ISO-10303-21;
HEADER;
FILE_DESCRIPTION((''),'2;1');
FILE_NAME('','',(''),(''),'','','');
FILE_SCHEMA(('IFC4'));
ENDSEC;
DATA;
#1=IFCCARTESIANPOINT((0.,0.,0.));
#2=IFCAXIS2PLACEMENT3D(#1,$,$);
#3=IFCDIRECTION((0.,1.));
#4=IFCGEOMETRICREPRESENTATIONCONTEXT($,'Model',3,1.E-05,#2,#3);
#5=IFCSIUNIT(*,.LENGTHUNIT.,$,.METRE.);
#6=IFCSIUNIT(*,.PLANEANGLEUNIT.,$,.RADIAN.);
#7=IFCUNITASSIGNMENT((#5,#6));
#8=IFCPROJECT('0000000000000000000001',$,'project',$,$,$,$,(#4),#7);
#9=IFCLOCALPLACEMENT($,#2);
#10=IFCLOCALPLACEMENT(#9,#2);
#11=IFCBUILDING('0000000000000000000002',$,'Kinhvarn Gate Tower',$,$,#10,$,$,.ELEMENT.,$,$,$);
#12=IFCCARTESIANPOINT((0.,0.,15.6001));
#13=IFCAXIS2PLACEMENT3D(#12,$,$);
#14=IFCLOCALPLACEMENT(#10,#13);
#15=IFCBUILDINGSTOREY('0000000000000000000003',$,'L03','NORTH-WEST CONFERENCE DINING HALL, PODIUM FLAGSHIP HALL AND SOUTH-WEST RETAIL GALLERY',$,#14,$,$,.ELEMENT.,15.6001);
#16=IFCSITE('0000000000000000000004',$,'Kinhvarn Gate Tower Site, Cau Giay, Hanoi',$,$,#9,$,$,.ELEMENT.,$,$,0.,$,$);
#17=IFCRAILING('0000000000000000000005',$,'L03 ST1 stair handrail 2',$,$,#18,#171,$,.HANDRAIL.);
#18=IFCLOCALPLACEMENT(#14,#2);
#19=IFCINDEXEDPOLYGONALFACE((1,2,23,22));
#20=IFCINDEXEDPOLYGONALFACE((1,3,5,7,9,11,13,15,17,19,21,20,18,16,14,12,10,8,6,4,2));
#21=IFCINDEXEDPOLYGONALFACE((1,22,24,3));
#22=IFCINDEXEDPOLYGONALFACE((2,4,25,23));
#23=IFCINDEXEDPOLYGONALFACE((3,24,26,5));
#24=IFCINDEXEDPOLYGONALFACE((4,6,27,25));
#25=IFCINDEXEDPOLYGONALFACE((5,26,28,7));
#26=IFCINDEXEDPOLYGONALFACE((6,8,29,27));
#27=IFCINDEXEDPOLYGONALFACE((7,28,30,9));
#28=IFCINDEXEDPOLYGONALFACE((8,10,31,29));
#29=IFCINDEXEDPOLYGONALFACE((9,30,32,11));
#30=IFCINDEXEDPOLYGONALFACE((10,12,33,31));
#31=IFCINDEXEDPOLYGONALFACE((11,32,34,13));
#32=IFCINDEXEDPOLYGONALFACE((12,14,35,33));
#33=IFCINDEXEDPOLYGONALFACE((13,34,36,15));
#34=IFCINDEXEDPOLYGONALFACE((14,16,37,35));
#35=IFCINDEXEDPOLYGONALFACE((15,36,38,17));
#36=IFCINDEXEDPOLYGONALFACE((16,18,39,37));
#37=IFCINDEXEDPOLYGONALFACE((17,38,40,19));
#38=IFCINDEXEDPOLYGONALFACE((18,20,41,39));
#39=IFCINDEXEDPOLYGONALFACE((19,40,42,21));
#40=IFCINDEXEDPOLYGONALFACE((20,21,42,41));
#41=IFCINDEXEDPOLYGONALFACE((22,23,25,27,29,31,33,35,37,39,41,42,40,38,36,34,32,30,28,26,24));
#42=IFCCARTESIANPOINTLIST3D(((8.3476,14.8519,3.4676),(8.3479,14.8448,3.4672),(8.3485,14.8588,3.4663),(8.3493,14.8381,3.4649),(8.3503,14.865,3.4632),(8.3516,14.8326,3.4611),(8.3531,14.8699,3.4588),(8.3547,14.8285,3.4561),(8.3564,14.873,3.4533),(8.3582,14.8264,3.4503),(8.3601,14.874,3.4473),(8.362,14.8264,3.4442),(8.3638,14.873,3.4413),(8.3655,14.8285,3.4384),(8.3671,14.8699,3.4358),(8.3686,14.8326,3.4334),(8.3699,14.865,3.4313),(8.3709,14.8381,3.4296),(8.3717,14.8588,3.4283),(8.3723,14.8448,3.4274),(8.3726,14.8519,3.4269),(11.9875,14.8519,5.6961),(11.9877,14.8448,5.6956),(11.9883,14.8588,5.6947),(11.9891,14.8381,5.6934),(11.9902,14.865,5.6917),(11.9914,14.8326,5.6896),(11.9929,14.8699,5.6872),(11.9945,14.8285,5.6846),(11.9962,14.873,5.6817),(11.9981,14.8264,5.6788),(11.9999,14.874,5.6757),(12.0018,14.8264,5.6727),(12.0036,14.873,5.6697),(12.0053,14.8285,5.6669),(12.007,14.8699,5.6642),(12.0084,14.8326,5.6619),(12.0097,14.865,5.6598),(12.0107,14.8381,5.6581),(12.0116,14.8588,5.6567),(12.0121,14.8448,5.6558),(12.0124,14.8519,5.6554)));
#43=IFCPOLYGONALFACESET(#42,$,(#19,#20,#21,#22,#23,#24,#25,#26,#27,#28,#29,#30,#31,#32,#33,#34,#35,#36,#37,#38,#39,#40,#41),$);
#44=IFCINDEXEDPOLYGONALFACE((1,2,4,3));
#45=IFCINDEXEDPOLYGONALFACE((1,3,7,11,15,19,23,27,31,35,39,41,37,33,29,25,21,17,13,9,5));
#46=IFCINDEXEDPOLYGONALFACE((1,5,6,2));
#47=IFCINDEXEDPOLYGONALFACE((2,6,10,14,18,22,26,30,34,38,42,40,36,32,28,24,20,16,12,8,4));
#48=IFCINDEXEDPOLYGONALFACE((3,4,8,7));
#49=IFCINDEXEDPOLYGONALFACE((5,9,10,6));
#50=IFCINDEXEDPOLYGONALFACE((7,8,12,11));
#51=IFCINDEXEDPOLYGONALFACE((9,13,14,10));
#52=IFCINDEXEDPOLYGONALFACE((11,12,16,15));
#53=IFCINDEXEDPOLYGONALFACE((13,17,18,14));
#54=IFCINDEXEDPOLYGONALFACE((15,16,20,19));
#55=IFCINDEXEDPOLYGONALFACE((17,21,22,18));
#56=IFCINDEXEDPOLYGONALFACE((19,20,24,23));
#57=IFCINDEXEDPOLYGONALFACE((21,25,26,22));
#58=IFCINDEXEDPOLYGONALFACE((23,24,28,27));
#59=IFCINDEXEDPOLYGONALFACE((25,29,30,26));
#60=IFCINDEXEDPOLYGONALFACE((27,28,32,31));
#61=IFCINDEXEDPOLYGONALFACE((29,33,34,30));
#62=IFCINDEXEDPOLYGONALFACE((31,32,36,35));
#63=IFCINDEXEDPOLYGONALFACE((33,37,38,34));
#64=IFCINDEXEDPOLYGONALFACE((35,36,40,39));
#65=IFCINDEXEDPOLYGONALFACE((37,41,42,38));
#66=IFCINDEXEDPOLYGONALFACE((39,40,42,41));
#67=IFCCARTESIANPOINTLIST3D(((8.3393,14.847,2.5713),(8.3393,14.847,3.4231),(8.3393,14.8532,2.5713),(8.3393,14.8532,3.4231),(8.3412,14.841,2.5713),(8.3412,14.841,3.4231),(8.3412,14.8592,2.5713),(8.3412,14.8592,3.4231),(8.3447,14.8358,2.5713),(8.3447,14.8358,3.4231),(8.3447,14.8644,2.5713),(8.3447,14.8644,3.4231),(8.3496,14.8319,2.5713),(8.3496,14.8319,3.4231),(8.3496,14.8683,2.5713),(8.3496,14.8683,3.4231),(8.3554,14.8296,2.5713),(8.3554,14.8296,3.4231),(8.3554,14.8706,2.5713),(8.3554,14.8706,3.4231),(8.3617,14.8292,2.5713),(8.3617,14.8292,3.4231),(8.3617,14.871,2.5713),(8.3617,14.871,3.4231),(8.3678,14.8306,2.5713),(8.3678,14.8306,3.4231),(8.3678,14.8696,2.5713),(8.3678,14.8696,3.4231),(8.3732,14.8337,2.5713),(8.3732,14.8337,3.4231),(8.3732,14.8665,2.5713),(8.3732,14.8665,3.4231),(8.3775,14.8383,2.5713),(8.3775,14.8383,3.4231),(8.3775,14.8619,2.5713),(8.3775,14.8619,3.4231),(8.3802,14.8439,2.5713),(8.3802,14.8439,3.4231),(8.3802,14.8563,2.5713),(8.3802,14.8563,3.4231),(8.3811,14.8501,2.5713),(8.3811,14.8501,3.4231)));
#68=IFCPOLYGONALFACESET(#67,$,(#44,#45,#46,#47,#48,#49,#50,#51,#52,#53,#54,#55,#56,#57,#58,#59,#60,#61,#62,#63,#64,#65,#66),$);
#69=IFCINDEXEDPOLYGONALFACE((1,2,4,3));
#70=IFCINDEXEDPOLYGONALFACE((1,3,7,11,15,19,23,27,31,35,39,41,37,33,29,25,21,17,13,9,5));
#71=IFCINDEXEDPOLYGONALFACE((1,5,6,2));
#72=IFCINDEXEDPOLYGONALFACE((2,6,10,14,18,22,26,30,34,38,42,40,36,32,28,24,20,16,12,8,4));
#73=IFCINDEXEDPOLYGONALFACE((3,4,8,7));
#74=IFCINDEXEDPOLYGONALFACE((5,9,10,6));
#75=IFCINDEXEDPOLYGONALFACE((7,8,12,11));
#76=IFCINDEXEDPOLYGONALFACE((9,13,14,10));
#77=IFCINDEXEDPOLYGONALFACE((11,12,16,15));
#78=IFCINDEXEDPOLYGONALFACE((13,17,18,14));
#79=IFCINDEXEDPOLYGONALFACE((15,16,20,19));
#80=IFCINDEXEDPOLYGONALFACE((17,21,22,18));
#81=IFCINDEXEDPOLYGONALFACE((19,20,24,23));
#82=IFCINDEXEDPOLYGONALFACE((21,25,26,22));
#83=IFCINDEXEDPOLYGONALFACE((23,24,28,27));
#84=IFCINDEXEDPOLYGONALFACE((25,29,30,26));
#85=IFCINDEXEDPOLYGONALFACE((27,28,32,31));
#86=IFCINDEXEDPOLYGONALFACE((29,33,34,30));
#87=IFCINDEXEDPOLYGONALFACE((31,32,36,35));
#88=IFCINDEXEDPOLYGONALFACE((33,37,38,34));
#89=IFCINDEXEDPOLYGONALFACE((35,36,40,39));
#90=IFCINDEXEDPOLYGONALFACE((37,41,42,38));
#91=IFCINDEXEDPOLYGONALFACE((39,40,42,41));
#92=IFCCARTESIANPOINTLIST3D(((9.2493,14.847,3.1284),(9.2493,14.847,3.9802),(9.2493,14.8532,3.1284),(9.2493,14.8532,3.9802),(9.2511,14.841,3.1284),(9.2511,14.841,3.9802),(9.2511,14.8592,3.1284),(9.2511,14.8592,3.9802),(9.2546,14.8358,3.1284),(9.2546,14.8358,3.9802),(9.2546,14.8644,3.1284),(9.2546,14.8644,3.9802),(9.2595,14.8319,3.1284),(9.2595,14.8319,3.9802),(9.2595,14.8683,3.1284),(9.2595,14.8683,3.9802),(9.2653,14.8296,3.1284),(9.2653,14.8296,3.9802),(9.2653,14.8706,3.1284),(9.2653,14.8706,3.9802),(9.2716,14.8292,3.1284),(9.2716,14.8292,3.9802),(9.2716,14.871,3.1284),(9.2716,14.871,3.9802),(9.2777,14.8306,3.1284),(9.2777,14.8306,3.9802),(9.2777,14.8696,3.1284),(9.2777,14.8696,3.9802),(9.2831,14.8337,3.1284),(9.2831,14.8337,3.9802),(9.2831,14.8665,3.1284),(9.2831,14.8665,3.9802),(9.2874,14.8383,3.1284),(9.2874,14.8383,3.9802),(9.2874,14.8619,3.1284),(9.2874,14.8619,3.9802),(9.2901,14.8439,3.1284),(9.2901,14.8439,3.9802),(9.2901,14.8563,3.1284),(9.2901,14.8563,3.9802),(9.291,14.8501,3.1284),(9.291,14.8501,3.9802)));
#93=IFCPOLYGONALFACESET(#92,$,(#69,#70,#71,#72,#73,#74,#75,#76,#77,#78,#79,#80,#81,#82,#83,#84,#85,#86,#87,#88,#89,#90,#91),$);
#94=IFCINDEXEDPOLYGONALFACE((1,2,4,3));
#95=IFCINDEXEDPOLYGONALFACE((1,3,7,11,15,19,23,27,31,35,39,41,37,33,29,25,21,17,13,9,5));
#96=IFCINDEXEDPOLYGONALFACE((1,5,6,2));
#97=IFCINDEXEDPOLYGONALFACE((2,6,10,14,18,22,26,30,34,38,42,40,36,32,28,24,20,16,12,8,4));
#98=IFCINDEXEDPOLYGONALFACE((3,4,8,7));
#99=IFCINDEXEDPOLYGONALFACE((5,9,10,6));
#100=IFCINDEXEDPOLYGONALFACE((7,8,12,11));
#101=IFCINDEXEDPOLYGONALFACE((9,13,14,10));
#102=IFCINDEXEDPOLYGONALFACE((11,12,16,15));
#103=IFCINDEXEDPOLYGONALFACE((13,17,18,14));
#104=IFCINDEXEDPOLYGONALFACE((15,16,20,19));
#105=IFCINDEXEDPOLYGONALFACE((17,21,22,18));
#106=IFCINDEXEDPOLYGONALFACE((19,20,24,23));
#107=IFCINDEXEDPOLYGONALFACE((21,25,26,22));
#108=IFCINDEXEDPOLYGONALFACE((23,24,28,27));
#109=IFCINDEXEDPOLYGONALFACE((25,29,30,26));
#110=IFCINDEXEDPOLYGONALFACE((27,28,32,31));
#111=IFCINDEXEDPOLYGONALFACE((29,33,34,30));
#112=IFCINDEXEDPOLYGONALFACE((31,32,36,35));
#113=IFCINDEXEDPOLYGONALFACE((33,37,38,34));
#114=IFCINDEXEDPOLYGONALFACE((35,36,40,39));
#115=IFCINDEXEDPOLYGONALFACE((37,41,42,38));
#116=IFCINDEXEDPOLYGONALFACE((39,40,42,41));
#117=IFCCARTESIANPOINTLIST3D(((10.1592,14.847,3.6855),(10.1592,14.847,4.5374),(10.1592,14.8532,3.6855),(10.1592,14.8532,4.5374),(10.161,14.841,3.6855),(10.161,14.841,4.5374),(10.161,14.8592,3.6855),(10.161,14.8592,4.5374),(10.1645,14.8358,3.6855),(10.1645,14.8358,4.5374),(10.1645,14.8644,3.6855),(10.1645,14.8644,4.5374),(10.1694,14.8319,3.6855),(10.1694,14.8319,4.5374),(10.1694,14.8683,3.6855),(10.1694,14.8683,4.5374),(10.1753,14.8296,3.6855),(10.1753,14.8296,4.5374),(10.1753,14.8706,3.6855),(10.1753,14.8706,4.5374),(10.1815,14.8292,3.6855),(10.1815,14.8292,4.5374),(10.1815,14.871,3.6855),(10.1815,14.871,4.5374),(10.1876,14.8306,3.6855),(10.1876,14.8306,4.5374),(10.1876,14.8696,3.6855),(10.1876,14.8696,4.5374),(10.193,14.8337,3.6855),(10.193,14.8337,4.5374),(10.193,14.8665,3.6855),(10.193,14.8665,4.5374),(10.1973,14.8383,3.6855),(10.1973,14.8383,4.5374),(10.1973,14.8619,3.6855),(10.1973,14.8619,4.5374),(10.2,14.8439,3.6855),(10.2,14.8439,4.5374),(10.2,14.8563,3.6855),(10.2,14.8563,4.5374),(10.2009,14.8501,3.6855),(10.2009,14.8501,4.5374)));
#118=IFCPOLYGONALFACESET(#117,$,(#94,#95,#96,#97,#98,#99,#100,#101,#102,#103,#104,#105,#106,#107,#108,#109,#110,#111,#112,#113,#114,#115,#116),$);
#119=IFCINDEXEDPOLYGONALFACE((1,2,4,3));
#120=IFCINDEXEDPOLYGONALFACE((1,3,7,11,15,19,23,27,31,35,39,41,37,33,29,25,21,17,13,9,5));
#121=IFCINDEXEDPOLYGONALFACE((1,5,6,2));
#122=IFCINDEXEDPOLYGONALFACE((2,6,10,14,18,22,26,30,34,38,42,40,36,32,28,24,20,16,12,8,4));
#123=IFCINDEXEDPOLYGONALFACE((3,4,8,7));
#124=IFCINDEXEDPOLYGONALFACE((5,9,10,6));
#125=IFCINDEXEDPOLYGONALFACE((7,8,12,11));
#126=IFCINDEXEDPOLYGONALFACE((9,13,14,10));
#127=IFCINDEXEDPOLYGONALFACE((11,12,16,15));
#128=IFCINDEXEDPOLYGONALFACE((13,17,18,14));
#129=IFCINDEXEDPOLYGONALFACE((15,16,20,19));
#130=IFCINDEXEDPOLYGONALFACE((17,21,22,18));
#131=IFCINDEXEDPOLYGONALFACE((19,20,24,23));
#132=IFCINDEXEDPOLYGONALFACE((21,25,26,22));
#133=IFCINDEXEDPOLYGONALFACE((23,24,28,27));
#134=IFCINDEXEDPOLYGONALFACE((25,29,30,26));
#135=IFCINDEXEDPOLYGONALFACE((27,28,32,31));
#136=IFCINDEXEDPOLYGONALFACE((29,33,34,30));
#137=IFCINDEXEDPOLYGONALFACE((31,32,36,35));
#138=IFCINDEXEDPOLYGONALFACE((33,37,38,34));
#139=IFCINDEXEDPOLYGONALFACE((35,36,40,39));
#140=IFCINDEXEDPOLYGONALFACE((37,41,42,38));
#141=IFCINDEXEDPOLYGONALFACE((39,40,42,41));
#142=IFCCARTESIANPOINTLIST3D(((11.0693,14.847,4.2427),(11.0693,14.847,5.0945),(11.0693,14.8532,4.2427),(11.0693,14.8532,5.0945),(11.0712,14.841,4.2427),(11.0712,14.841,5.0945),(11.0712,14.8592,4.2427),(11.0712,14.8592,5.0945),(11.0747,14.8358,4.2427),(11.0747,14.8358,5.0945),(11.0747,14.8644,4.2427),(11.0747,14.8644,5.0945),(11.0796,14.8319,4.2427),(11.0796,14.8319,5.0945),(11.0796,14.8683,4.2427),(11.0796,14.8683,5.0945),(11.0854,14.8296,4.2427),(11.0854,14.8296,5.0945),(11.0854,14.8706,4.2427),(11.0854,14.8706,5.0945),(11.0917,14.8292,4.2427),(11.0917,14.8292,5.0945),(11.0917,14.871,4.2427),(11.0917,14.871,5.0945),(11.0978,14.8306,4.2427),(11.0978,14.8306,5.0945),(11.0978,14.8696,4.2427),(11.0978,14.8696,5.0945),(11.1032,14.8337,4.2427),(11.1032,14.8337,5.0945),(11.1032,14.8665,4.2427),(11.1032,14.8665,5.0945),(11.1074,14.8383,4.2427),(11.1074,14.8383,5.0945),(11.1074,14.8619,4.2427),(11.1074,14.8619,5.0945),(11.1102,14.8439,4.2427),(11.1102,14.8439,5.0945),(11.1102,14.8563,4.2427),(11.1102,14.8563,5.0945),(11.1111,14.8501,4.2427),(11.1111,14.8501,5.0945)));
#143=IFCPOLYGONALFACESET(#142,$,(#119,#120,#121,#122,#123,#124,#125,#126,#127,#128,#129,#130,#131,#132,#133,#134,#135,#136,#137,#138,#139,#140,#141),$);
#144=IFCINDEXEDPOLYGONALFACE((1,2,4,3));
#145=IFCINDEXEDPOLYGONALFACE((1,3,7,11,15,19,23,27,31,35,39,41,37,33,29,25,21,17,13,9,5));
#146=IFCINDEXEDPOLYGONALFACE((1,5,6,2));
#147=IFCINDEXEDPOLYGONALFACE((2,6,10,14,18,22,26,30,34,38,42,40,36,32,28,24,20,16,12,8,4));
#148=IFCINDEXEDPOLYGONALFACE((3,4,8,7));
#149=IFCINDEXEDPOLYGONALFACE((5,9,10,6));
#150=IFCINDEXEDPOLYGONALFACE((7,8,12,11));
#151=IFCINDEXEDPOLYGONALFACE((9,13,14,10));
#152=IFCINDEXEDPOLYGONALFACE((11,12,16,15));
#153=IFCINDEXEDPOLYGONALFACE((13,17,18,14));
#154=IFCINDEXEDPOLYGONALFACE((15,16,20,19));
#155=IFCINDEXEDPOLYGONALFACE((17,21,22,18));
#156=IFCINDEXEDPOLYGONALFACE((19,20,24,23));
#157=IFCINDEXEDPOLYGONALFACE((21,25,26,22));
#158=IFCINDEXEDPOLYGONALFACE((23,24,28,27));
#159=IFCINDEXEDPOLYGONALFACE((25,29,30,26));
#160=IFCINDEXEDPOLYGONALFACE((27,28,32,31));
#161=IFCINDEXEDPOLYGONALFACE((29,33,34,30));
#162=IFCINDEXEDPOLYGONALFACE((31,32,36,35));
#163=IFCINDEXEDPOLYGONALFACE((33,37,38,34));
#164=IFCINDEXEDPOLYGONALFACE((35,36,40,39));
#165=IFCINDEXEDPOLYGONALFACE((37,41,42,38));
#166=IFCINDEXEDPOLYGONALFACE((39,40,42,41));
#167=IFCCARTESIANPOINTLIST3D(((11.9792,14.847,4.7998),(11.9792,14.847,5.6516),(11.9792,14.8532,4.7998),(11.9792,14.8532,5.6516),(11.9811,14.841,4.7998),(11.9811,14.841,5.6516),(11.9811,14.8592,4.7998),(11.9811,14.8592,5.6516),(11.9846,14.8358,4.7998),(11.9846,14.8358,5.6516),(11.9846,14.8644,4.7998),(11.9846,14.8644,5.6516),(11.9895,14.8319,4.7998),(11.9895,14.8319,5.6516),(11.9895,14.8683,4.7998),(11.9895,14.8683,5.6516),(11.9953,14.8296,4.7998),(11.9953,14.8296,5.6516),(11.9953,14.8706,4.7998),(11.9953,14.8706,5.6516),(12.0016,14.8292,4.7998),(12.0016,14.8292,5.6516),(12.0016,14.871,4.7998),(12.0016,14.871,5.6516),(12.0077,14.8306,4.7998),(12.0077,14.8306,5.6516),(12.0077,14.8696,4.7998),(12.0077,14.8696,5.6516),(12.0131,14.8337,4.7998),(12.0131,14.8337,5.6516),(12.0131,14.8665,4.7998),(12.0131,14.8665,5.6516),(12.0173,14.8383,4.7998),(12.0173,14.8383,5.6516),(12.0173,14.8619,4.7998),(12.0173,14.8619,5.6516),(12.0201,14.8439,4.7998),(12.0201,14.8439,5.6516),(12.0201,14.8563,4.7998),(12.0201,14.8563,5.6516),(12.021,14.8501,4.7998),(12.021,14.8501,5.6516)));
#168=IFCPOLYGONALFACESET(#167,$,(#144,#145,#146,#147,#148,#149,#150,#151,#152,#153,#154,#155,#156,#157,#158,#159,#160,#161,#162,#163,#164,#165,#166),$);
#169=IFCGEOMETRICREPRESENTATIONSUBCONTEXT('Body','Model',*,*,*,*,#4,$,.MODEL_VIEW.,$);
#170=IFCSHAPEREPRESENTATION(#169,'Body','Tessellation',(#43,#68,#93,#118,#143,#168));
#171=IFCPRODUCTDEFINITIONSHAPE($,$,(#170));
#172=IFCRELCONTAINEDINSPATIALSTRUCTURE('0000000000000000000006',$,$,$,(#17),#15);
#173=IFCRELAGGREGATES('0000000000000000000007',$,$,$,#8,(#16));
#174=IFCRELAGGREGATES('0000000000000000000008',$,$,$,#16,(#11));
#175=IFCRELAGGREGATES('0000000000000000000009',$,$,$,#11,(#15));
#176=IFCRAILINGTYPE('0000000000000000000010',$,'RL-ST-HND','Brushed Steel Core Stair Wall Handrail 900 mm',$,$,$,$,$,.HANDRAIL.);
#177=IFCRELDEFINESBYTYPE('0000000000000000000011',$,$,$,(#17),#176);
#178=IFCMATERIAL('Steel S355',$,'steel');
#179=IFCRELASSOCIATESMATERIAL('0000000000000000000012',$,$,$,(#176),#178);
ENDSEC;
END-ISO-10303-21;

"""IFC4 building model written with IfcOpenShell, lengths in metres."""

from ifc_helpers import new_model, si_unit, direction, frame, origin, origin_2d, place, context, subcontext, project, spatial, circle, extrude, material, type_object, element, save


model = new_model("IFC4")

# Units and contexts
model_context = context("Model", 3, precision=1e-05, world=origin(), true_north=direction((0.0, 1.0)))
body_context = subcontext(model_context, "Body", "Model", "MODEL_VIEW")
ifc_project = project(units=[si_unit("LENGTHUNIT", "METRE"), si_unit("PLANEANGLEUNIT", "RADIAN")], contexts=[model_context])

# Site, building, storey
site_placement = place(None, origin())
site = spatial("IfcSite", under=ifc_project, at=site_placement, Name="Kinhvarn Gate Tower Site, Cau Giay, Hanoi", CompositionType="ELEMENT", RefElevation=0.0)
building_placement = place(site_placement, origin())
building = spatial("IfcBuilding", under=site, at=building_placement, Name="Kinhvarn Gate Tower", CompositionType="ELEMENT")
storey_placement = place(building_placement, frame((0.0, 0.0, 15.6001)))
storey = spatial("IfcBuildingStorey", under=building, at=storey_placement, Name="L03", Description="NORTH-WEST CONFERENCE DINING HALL, PODIUM FLAGSHIP HALL AND SOUTH-WEST RETAIL GALLERY", CompositionType="ELEMENT", Elevation=15.6001)

# Shared definitions
ifc_material_1 = material(Name="Steel S355", Category="steel")

# Railing
railing_type_1 = type_object("IfcRailingType", Name="RL-ST-HND", Description="Brushed Steel Core Stair Wall Handrail 900 mm", PredefinedType="HANDRAIL", material=ifc_material_1)
railing_1_placement = place(storey_placement, frame((8.3601, 14.8501, 2.5713)))
element("IfcRailing", 1, at=railing_1_placement, inside=storey, type_object=railing_type_1, Name="L03 ST1 stair handrail 2", PredefinedType="HANDRAIL", context=body_context, shape_type="SweptSolid", body=[
    extrude(circle(Radius=0.0239, at=origin_2d()), frame((0.0, 0.0, 0.876), z_axis=(0.85285, 0.0, 0.522156), x_axis=(0.0, 1.0, 0.0)), (0.0, 0.0, 1.0), 4.2678),
    extrude(circle(Radius=0.021, at=origin_2d()), origin(), (0.0, 0.0, 1.0), 0.8518),
    extrude(circle(Radius=0.021, at=origin_2d()), frame((0.9099, 0.0, 0.5571)), (0.0, 0.0, 1.0), 0.8518),
    extrude(circle(Radius=0.021, at=origin_2d()), frame((1.8198, 0.0, 1.1143)), (0.0, 0.0, 1.0), 0.8518),
    extrude(circle(Radius=0.021, at=origin_2d()), frame((2.73, 0.0, 1.6714)), (0.0, 0.0, 1.0), 0.8518),
    extrude(circle(Radius=0.021, at=origin_2d()), frame((3.6399, 0.0, 2.2285)), (0.0, 0.0, 1.0), 0.8518),
])

save(model, "model.ifc")
